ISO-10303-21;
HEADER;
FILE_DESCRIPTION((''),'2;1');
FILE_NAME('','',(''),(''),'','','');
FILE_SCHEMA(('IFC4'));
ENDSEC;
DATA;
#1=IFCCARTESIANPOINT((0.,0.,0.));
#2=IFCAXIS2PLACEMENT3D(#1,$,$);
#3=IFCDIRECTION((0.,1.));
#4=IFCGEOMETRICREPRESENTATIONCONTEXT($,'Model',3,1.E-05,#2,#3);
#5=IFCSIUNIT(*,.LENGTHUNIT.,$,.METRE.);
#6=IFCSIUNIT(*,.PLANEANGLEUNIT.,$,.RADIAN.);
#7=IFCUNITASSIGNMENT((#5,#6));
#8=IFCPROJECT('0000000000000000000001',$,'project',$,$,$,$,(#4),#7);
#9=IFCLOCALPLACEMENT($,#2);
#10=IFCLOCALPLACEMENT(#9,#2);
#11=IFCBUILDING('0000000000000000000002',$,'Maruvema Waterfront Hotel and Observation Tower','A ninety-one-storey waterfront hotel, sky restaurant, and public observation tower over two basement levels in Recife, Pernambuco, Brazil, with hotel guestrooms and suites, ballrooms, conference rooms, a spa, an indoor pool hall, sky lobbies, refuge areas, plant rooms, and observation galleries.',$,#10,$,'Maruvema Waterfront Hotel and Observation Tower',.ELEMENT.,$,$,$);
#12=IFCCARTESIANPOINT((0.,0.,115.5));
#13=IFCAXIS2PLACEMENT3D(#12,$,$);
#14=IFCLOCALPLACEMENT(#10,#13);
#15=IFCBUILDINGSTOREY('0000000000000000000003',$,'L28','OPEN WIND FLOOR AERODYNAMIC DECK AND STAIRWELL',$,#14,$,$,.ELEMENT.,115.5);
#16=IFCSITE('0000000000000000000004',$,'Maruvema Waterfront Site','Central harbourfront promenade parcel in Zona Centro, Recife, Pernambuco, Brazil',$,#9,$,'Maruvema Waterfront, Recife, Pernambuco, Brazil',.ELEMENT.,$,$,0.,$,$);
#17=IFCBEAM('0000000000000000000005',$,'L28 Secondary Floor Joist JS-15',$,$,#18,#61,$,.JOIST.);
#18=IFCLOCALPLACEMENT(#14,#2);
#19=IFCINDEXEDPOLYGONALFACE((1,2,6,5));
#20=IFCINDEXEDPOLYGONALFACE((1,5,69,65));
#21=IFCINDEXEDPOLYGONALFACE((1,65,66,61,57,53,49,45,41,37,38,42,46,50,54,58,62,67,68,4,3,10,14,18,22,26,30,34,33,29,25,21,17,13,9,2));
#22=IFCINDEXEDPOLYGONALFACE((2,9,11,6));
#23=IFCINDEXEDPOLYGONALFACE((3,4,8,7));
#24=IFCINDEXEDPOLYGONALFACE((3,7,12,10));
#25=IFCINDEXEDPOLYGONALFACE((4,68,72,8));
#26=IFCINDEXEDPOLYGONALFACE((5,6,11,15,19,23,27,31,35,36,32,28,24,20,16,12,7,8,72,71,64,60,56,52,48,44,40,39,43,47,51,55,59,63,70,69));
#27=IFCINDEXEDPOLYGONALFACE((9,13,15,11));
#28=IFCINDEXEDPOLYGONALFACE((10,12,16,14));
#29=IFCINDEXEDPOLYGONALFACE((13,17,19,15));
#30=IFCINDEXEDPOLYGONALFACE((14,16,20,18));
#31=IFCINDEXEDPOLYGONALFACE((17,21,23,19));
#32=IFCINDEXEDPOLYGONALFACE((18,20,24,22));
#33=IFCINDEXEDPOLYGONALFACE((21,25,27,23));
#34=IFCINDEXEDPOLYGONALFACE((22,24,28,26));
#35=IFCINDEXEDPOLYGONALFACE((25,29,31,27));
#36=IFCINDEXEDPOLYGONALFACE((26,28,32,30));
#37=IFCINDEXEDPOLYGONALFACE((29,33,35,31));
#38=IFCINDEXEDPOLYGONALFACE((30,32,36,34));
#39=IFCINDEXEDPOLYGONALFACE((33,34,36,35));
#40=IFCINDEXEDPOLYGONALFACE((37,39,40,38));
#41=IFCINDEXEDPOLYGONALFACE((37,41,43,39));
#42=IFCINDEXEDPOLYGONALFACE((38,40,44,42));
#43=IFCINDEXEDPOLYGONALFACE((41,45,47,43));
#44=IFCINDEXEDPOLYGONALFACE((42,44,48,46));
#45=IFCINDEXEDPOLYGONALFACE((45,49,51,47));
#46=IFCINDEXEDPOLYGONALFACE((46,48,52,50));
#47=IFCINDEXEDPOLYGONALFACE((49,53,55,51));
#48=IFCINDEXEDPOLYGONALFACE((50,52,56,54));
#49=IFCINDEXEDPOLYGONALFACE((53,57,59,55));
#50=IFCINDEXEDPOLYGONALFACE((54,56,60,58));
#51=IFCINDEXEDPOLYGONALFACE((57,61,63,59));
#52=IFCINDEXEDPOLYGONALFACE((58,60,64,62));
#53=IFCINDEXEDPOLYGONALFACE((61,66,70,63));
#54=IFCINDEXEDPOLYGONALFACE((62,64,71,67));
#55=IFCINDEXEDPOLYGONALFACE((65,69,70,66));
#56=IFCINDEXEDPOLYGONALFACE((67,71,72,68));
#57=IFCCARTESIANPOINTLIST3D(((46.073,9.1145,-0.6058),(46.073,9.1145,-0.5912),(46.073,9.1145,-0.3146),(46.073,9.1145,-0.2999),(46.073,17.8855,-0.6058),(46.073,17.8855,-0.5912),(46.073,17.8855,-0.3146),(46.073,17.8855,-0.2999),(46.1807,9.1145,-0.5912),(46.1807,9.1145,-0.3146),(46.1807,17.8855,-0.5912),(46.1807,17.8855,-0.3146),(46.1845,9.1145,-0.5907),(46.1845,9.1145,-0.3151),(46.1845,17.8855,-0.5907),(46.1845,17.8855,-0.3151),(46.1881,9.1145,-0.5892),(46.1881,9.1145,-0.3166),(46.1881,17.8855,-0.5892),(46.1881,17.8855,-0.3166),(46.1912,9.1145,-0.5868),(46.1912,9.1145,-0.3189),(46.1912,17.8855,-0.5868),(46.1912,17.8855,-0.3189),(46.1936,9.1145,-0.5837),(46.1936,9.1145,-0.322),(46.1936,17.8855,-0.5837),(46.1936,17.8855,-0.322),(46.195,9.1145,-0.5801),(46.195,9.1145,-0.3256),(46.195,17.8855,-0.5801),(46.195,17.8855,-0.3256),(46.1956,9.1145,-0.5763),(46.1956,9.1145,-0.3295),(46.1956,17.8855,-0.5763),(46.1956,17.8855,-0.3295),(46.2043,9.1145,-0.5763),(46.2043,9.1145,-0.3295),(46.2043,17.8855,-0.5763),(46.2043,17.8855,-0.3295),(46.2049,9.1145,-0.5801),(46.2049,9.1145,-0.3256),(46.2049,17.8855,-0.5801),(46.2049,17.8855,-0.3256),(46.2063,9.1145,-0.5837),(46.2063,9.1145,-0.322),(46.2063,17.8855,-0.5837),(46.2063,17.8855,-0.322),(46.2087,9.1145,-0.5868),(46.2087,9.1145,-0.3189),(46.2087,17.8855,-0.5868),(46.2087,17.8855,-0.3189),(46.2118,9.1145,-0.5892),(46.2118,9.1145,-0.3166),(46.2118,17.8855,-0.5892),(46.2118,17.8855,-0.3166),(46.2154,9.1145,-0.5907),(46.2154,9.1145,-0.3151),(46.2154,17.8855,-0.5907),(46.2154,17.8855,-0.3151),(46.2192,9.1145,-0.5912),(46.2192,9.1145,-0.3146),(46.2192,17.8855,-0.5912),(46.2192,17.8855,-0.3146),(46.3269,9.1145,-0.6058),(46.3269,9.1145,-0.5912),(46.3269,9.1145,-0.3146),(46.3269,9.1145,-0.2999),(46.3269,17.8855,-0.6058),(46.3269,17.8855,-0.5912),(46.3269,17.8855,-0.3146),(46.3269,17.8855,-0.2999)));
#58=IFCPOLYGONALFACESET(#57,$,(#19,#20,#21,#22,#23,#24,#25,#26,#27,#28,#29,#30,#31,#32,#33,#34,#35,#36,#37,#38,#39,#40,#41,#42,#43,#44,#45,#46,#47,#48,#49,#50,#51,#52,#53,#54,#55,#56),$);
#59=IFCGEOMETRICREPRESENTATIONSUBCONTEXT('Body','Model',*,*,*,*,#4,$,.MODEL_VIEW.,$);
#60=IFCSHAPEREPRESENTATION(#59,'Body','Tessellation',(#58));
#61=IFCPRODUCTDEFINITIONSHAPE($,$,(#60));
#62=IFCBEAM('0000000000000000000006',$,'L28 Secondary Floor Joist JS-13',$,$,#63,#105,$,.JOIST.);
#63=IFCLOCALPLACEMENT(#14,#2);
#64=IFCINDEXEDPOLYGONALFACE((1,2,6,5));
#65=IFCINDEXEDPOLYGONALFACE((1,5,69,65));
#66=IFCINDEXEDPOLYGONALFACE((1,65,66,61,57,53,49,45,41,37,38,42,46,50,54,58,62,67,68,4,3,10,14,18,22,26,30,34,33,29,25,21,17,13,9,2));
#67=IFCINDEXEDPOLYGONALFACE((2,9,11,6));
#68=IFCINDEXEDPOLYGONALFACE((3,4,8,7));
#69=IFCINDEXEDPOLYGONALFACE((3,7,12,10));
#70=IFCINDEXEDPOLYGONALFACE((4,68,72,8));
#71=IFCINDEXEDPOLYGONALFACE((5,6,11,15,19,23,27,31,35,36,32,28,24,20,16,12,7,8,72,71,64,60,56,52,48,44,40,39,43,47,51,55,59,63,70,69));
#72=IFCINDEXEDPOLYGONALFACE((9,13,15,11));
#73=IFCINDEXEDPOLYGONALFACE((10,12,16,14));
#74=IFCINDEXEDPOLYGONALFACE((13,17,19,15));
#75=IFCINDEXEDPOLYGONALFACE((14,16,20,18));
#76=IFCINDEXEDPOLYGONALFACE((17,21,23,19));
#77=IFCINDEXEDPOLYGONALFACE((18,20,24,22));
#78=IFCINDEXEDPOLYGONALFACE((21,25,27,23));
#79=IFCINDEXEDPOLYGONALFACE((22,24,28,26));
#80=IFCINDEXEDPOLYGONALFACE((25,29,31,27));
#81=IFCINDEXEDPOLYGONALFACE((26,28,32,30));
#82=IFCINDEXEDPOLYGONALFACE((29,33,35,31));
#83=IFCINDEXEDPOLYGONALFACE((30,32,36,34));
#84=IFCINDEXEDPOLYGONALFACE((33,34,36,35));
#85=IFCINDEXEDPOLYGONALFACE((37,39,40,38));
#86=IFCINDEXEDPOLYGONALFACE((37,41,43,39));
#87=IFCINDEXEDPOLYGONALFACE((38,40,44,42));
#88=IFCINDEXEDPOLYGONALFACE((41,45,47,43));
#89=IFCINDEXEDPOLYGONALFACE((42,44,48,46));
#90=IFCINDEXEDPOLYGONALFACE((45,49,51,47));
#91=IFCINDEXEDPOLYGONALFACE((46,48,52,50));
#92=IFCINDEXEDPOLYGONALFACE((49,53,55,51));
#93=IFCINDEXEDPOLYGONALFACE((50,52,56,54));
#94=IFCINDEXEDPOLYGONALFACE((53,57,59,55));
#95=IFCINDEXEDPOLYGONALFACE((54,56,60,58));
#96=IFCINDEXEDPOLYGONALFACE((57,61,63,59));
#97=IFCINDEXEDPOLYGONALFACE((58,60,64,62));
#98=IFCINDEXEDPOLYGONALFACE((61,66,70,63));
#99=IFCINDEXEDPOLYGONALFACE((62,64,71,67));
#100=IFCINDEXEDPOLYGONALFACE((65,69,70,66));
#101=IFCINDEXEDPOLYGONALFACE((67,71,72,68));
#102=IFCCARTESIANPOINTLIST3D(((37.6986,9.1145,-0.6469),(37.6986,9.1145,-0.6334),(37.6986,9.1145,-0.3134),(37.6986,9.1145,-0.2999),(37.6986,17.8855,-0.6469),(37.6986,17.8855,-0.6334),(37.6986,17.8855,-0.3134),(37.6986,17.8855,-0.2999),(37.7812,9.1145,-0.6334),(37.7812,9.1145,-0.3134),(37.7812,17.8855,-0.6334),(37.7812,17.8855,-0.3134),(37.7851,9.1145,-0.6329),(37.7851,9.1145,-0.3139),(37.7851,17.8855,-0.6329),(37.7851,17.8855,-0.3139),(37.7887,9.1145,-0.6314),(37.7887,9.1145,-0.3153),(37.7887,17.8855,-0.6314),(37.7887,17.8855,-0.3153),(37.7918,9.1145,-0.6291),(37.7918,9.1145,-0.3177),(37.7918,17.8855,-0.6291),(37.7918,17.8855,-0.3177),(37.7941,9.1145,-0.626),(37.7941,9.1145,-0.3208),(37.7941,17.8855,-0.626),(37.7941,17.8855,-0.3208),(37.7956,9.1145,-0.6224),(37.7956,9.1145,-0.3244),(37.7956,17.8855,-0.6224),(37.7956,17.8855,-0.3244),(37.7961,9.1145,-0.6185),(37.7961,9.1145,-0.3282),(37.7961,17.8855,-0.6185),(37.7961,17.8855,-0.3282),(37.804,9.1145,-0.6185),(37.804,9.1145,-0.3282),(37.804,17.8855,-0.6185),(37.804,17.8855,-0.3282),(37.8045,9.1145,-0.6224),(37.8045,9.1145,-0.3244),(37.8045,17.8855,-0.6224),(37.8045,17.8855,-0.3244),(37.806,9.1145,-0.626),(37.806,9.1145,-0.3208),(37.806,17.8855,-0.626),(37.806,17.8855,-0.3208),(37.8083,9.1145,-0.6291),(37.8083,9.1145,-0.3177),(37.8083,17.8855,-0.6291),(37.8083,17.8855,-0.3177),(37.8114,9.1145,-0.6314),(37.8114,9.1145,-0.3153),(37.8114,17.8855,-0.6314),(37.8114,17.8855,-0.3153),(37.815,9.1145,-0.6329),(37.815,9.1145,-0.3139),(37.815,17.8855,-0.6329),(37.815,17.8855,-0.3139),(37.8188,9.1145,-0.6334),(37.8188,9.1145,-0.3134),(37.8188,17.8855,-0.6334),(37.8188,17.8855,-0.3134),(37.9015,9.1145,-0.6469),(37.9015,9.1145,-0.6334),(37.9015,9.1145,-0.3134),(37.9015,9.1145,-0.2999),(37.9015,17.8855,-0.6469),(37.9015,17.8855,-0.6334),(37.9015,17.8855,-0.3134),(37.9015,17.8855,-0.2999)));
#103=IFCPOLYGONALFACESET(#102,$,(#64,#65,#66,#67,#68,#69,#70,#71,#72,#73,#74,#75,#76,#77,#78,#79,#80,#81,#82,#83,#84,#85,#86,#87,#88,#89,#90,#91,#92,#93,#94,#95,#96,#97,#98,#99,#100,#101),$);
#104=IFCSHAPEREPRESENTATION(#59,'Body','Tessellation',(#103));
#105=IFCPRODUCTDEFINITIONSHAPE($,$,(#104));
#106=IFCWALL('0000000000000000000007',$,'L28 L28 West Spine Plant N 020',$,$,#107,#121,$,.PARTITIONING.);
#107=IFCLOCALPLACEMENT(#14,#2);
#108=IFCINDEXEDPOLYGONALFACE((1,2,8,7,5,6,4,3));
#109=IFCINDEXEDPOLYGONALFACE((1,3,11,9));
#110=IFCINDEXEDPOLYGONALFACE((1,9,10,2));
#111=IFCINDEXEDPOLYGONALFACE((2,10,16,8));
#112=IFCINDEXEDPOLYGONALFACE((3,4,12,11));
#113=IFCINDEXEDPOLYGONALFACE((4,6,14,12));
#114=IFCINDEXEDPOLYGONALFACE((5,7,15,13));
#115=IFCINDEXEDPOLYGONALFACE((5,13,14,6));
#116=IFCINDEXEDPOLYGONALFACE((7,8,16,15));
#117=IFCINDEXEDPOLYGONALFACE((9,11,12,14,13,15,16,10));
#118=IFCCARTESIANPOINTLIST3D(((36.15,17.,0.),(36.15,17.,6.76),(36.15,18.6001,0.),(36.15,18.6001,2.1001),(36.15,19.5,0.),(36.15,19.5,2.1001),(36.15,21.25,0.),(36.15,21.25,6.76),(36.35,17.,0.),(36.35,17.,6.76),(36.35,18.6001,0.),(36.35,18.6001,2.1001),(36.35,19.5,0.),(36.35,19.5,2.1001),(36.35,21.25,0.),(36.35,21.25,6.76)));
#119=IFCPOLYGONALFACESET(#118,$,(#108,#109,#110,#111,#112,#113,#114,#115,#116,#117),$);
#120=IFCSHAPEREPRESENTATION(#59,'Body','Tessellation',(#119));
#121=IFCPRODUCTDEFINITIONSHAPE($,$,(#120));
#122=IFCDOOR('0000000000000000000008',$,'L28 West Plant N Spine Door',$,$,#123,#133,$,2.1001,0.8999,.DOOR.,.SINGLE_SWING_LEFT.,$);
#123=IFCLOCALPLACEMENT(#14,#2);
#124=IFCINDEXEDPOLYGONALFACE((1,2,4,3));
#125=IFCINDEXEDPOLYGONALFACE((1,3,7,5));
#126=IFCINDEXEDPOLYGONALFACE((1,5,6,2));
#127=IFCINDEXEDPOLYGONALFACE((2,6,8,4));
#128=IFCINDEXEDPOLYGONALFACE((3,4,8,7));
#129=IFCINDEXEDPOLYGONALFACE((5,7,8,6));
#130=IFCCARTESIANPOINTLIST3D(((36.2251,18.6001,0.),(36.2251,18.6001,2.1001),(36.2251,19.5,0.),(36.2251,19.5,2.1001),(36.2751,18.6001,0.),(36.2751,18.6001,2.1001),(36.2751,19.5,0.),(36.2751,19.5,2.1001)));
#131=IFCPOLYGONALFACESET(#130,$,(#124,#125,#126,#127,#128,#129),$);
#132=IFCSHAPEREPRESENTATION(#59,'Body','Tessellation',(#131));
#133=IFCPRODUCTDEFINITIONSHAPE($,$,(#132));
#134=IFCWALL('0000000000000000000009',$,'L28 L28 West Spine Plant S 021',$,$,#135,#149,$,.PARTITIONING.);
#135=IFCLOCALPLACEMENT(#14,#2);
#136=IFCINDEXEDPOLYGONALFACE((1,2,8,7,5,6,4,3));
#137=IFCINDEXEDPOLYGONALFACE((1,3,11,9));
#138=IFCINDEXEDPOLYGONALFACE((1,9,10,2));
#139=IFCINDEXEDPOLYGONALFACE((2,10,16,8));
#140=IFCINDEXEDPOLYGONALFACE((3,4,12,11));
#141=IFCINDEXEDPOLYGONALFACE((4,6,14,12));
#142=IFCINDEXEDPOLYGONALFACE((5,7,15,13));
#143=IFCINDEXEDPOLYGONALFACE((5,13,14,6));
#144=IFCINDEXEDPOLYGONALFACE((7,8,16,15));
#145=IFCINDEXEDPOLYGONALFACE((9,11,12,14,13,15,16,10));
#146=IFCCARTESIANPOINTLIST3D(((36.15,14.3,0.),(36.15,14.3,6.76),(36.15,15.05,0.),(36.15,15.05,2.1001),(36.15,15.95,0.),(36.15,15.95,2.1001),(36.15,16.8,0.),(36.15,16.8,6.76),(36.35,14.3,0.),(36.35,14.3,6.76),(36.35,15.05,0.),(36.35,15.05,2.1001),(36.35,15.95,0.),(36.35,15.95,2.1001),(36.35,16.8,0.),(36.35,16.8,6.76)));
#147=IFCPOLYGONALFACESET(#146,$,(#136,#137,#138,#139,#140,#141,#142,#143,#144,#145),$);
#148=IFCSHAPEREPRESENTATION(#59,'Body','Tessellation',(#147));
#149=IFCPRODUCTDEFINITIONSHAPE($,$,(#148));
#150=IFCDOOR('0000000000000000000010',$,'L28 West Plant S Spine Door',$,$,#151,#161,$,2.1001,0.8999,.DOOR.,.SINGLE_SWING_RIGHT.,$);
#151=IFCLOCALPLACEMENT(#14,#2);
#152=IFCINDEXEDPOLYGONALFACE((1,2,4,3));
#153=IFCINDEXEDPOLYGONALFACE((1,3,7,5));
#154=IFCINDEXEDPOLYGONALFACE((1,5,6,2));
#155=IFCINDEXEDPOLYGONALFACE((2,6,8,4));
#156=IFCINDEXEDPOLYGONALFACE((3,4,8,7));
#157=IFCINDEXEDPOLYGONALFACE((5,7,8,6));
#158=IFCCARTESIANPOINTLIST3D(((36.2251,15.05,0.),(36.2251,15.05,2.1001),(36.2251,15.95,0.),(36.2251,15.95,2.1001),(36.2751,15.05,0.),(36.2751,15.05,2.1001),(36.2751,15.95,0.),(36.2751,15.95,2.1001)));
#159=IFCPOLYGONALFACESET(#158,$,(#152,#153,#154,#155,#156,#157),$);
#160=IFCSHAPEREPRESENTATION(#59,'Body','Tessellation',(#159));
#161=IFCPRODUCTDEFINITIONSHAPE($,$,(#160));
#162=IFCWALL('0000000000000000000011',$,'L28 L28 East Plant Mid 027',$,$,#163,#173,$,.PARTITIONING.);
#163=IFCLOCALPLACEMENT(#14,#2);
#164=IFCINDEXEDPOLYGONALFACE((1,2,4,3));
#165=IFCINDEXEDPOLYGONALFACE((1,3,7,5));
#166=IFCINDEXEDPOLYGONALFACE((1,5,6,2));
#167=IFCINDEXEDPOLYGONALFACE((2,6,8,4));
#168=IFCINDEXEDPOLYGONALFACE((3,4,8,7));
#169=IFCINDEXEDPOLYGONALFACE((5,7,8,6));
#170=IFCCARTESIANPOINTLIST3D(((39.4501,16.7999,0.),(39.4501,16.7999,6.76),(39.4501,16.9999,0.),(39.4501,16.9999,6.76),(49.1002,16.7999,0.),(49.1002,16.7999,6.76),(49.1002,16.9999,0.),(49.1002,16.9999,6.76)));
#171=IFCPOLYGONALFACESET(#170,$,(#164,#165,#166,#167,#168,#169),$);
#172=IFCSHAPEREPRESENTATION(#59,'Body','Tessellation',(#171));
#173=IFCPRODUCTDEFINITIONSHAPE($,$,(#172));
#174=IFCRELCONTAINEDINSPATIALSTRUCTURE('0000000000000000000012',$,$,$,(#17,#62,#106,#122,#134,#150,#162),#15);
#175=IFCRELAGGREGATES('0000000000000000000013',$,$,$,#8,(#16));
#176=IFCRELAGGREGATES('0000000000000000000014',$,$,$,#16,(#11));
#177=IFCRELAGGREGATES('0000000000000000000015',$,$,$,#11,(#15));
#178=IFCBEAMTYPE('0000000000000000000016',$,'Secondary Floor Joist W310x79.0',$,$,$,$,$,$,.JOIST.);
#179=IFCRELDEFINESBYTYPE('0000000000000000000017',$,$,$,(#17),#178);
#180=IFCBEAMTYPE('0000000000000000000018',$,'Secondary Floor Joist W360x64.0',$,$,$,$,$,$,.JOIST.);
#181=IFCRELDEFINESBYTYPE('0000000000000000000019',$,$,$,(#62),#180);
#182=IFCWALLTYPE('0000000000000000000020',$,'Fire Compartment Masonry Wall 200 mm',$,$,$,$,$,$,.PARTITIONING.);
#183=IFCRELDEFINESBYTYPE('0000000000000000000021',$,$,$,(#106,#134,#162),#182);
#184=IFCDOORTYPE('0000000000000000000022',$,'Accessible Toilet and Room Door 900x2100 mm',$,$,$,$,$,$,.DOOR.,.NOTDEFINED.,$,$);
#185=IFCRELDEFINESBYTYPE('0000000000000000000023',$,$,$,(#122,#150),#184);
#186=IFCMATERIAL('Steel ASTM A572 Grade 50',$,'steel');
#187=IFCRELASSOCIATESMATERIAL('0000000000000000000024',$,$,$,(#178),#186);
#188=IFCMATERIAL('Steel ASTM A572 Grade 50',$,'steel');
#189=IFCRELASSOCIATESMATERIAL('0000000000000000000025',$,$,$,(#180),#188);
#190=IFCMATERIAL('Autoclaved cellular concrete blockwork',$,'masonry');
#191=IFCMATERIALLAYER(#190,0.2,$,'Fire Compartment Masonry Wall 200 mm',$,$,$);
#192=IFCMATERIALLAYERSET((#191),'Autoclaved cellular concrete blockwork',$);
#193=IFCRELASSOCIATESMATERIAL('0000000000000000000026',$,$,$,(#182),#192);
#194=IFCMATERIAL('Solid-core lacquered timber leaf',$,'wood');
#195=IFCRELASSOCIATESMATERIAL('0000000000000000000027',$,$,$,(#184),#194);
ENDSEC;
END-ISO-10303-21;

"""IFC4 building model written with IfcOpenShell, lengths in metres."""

from ifc_helpers import new_model, si_unit, direction, frame, frame_2d, origin, origin_2d, place, context, subcontext, project, spatial, rectangle, i_section, extrude, material, layer, layer_set, material_profile, profile_set, type_object, element, fill, save


model = new_model("IFC4")

# Units and contexts
model_context = context("Model", 3, precision=1e-05, world=origin(), true_north=direction((0.0, 1.0)))
body_context = subcontext(model_context, "Body", "Model", "MODEL_VIEW")
ifc_project = project(units=[si_unit("LENGTHUNIT", "METRE"), si_unit("PLANEANGLEUNIT", "RADIAN")], contexts=[model_context])

# Site, building, storey
site_placement = place(None, origin())
site = spatial("IfcSite", under=ifc_project, at=site_placement, Name="Maruvema Waterfront Site", Description="Central harbourfront promenade parcel in Zona Centro, Recife, Pernambuco, Brazil", LongName="Maruvema Waterfront, Recife, Pernambuco, Brazil", CompositionType="ELEMENT", RefElevation=0.0)
building_placement = place(site_placement, origin())
building = spatial("IfcBuilding", under=site, at=building_placement, Name="Maruvema Waterfront Hotel and Observation Tower", Description="A ninety-one-storey waterfront hotel, sky restaurant, and public observation tower over two basement levels in Recife, Pernambuco, Brazil, with hotel guestrooms and suites, ballrooms, conference rooms, a spa, an indoor pool hall, sky lobbies, refuge areas, plant rooms, and observation galleries.", LongName="Maruvema Waterfront Hotel and Observation Tower", CompositionType="ELEMENT")
storey_placement = place(building_placement, frame((0.0, 0.0, 115.5)))
storey = spatial("IfcBuildingStorey", under=building, at=storey_placement, Name="L28", Description="OPEN WIND FLOOR AERODYNAMIC DECK AND STAIRWELL", CompositionType="ELEMENT", Elevation=115.5)

# Beams
ifc_material_1 = material(Name="Steel ASTM A572 Grade 50", Category="steel")
ifc_material_profile_1 = material_profile(ifc_material_1, i_section(OverallWidth=0.2539, OverallDepth=0.3059, WebThickness=0.0088, FlangeThickness=0.0146, FilletRadius=0.0149, at=origin_2d()), Name="W310x79.0")
ifc_profile_set_1 = profile_set([ifc_material_profile_1], Name="Steel ASTM A572 Grade 50")
beam_type_1 = type_object("IfcBeamType", Name="Secondary Floor Joist W310x79.0", PredefinedType="JOIST", material=ifc_profile_set_1)
beam_1_placement = place(storey_placement, frame((46.2, 9.1145, -0.4529), z_axis=(0.0, 1.0, 0.0), x_axis=(-1.0, 0.0, 0.0)))
element("IfcBeam", 1, at=beam_1_placement, inside=storey, type_object=beam_type_1, Name="L28 Secondary Floor Joist JS-15", PredefinedType="JOIST", context=body_context, shape_type="SweptSolid", body=[
    extrude(i_section(OverallWidth=0.2539, OverallDepth=0.3059, WebThickness=0.0088, FlangeThickness=0.0146, FilletRadius=0.0149, at=origin_2d()), origin(), (0.0, 0.0, 1.0), 8.771),
])
ifc_material_2 = material(Name="Steel ASTM A572 Grade 50", Category="steel")
ifc_material_profile_2 = material_profile(ifc_material_2, i_section(OverallWidth=0.2029, OverallDepth=0.3469, WebThickness=0.0078, FlangeThickness=0.0134, FilletRadius=0.0149, at=origin_2d()), Name="W360x64.0")
ifc_profile_set_2 = profile_set([ifc_material_profile_2], Name="Steel ASTM A572 Grade 50")
beam_type_2 = type_object("IfcBeamType", Name="Secondary Floor Joist W360x64.0", PredefinedType="JOIST", material=ifc_profile_set_2)
beam_2_placement = place(storey_placement, frame((37.8, 9.1145, -0.4734), z_axis=(0.0, 1.0, 0.0), x_axis=(-1.0, 0.0, 0.0)))
element("IfcBeam", 2, at=beam_2_placement, inside=storey, type_object=beam_type_2, Name="L28 Secondary Floor Joist JS-13", PredefinedType="JOIST", context=body_context, shape_type="SweptSolid", body=[
    extrude(i_section(OverallWidth=0.2029, OverallDepth=0.3469, WebThickness=0.0078, FlangeThickness=0.0134, FilletRadius=0.0149, at=origin_2d()), origin(), (0.0, 0.0, 1.0), 8.771),
])

# Walls, openings, doors
ifc_material_3 = material(Name="Autoclaved cellular concrete blockwork", Category="masonry")
ifc_layer = layer(ifc_material_3, 0.2, Name="Fire Compartment Masonry Wall 200 mm")
ifc_layer_set = layer_set([ifc_layer], Name="Autoclaved cellular concrete blockwork")
wall_type = type_object("IfcWallType", Name="Fire Compartment Masonry Wall 200 mm", PredefinedType="PARTITIONING", material=ifc_layer_set)
wall_1_placement = place(storey_placement, frame((36.25, 17.0, 0.0), z_axis=(0.0, 0.0, 1.0), x_axis=(0.0, 1.0, 0.0)))
wall_1 = element("IfcWall", 3, at=wall_1_placement, inside=storey, type_object=wall_type, Name="L28 L28 West Spine Plant N 020", PredefinedType="PARTITIONING", context=body_context, shape_type="SweptSolid", body=[
    extrude(rectangle(XDim=4.25, YDim=0.2, at=frame_2d((2.125, 0.0))), origin(), (0.0, 0.0, 1.0), 6.76),
])
opening_1_placement = place(wall_1_placement, frame((1.6001, 0.0, 0.0)))
opening_1 = element("IfcOpeningElement", 4, at=opening_1_placement, cuts=wall_1, PredefinedType="OPENING", context=body_context, shape_type="SweptSolid", body=[
    extrude(rectangle(XDim=0.8999, YDim=2.1001, at=frame_2d((0.45, 1.05))), frame((0.0, 0.1099, 0.0), z_axis=(0.0, -1.0, 0.0), x_axis=(1.0, 0.0, 0.0)), (0.0, 0.0, 1.0), 0.22),
])
ifc_material_4 = material(Name="Solid-core lacquered timber leaf", Category="wood")
door_type_1 = type_object("IfcDoorType", Name="Accessible Toilet and Room Door 900x2100 mm", OperationType="NOTDEFINED", PredefinedType="DOOR", material=ifc_material_4)
door_1_placement = place(opening_1_placement, origin())
door_1 = element("IfcDoor", 5, at=door_1_placement, inside=storey, type_object=door_type_1, Name="L28 West Plant N Spine Door", OperationType="SINGLE_SWING_LEFT", OverallHeight=2.1001, OverallWidth=0.8999, PredefinedType="DOOR", context=body_context, shape_type="SweptSolid", body=[
    extrude(rectangle(XDim=0.8999, YDim=2.1001, at=frame_2d((0.45, 1.05))), frame((0.0, 0.0249, 0.0), z_axis=(0.0, -1.0, 0.0), x_axis=(1.0, 0.0, 0.0)), (0.0, 0.0, 1.0), 0.05),
])
fill(opening_1, door_1)
wall_2_placement = place(storey_placement, frame((36.25, 14.3, 0.0), z_axis=(0.0, 0.0, 1.0), x_axis=(0.0, 1.0, 0.0)))
wall_2 = element("IfcWall", 6, at=wall_2_placement, inside=storey, type_object=wall_type, Name="L28 L28 West Spine Plant S 021", PredefinedType="PARTITIONING", context=body_context, shape_type="SweptSolid", body=[
    extrude(rectangle(XDim=2.5, YDim=0.2, at=frame_2d((1.25, 0.0))), origin(), (0.0, 0.0, 1.0), 6.76),
])
opening_2_placement = place(wall_2_placement, frame((0.75, 0.0, 0.0)))
opening_2 = element("IfcOpeningElement", 7, at=opening_2_placement, cuts=wall_2, PredefinedType="OPENING", context=body_context, shape_type="SweptSolid", body=[
    extrude(rectangle(XDim=0.8999, YDim=2.1001, at=frame_2d((0.45, 1.05))), frame((0.0, 0.1099, 0.0), z_axis=(0.0, -1.0, 0.0), x_axis=(1.0, 0.0, 0.0)), (0.0, 0.0, 1.0), 0.22),
])
door_2_placement = place(opening_2_placement, origin())
door_2 = element("IfcDoor", 8, at=door_2_placement, inside=storey, type_object=door_type_1, Name="L28 West Plant S Spine Door", OperationType="SINGLE_SWING_RIGHT", OverallHeight=2.1001, OverallWidth=0.8999, PredefinedType="DOOR", context=body_context, shape_type="SweptSolid", body=[
    extrude(rectangle(XDim=0.8999, YDim=2.1001, at=frame_2d((0.45, 1.05))), frame((0.0, 0.0249, 0.0), z_axis=(0.0, -1.0, 0.0), x_axis=(1.0, 0.0, 0.0)), (0.0, 0.0, 1.0), 0.05),
])
fill(opening_2, door_2)

# Wall
wall_3_placement = place(storey_placement, frame((39.45, 16.8999, 0.0), z_axis=(0.0, 0.0, 1.0), x_axis=(1.0, 0.0, 0.0)))
element("IfcWall", 9, at=wall_3_placement, inside=storey, type_object=wall_type, Name="L28 L28 East Plant Mid 027", PredefinedType="PARTITIONING", context=body_context, shape_type="SweptSolid", body=[
    extrude(rectangle(XDim=9.6501, YDim=0.2, at=frame_2d((4.8252, 0.0))), origin(), (0.0, 0.0, 1.0), 6.76),
])

save(model, "model.ifc")
